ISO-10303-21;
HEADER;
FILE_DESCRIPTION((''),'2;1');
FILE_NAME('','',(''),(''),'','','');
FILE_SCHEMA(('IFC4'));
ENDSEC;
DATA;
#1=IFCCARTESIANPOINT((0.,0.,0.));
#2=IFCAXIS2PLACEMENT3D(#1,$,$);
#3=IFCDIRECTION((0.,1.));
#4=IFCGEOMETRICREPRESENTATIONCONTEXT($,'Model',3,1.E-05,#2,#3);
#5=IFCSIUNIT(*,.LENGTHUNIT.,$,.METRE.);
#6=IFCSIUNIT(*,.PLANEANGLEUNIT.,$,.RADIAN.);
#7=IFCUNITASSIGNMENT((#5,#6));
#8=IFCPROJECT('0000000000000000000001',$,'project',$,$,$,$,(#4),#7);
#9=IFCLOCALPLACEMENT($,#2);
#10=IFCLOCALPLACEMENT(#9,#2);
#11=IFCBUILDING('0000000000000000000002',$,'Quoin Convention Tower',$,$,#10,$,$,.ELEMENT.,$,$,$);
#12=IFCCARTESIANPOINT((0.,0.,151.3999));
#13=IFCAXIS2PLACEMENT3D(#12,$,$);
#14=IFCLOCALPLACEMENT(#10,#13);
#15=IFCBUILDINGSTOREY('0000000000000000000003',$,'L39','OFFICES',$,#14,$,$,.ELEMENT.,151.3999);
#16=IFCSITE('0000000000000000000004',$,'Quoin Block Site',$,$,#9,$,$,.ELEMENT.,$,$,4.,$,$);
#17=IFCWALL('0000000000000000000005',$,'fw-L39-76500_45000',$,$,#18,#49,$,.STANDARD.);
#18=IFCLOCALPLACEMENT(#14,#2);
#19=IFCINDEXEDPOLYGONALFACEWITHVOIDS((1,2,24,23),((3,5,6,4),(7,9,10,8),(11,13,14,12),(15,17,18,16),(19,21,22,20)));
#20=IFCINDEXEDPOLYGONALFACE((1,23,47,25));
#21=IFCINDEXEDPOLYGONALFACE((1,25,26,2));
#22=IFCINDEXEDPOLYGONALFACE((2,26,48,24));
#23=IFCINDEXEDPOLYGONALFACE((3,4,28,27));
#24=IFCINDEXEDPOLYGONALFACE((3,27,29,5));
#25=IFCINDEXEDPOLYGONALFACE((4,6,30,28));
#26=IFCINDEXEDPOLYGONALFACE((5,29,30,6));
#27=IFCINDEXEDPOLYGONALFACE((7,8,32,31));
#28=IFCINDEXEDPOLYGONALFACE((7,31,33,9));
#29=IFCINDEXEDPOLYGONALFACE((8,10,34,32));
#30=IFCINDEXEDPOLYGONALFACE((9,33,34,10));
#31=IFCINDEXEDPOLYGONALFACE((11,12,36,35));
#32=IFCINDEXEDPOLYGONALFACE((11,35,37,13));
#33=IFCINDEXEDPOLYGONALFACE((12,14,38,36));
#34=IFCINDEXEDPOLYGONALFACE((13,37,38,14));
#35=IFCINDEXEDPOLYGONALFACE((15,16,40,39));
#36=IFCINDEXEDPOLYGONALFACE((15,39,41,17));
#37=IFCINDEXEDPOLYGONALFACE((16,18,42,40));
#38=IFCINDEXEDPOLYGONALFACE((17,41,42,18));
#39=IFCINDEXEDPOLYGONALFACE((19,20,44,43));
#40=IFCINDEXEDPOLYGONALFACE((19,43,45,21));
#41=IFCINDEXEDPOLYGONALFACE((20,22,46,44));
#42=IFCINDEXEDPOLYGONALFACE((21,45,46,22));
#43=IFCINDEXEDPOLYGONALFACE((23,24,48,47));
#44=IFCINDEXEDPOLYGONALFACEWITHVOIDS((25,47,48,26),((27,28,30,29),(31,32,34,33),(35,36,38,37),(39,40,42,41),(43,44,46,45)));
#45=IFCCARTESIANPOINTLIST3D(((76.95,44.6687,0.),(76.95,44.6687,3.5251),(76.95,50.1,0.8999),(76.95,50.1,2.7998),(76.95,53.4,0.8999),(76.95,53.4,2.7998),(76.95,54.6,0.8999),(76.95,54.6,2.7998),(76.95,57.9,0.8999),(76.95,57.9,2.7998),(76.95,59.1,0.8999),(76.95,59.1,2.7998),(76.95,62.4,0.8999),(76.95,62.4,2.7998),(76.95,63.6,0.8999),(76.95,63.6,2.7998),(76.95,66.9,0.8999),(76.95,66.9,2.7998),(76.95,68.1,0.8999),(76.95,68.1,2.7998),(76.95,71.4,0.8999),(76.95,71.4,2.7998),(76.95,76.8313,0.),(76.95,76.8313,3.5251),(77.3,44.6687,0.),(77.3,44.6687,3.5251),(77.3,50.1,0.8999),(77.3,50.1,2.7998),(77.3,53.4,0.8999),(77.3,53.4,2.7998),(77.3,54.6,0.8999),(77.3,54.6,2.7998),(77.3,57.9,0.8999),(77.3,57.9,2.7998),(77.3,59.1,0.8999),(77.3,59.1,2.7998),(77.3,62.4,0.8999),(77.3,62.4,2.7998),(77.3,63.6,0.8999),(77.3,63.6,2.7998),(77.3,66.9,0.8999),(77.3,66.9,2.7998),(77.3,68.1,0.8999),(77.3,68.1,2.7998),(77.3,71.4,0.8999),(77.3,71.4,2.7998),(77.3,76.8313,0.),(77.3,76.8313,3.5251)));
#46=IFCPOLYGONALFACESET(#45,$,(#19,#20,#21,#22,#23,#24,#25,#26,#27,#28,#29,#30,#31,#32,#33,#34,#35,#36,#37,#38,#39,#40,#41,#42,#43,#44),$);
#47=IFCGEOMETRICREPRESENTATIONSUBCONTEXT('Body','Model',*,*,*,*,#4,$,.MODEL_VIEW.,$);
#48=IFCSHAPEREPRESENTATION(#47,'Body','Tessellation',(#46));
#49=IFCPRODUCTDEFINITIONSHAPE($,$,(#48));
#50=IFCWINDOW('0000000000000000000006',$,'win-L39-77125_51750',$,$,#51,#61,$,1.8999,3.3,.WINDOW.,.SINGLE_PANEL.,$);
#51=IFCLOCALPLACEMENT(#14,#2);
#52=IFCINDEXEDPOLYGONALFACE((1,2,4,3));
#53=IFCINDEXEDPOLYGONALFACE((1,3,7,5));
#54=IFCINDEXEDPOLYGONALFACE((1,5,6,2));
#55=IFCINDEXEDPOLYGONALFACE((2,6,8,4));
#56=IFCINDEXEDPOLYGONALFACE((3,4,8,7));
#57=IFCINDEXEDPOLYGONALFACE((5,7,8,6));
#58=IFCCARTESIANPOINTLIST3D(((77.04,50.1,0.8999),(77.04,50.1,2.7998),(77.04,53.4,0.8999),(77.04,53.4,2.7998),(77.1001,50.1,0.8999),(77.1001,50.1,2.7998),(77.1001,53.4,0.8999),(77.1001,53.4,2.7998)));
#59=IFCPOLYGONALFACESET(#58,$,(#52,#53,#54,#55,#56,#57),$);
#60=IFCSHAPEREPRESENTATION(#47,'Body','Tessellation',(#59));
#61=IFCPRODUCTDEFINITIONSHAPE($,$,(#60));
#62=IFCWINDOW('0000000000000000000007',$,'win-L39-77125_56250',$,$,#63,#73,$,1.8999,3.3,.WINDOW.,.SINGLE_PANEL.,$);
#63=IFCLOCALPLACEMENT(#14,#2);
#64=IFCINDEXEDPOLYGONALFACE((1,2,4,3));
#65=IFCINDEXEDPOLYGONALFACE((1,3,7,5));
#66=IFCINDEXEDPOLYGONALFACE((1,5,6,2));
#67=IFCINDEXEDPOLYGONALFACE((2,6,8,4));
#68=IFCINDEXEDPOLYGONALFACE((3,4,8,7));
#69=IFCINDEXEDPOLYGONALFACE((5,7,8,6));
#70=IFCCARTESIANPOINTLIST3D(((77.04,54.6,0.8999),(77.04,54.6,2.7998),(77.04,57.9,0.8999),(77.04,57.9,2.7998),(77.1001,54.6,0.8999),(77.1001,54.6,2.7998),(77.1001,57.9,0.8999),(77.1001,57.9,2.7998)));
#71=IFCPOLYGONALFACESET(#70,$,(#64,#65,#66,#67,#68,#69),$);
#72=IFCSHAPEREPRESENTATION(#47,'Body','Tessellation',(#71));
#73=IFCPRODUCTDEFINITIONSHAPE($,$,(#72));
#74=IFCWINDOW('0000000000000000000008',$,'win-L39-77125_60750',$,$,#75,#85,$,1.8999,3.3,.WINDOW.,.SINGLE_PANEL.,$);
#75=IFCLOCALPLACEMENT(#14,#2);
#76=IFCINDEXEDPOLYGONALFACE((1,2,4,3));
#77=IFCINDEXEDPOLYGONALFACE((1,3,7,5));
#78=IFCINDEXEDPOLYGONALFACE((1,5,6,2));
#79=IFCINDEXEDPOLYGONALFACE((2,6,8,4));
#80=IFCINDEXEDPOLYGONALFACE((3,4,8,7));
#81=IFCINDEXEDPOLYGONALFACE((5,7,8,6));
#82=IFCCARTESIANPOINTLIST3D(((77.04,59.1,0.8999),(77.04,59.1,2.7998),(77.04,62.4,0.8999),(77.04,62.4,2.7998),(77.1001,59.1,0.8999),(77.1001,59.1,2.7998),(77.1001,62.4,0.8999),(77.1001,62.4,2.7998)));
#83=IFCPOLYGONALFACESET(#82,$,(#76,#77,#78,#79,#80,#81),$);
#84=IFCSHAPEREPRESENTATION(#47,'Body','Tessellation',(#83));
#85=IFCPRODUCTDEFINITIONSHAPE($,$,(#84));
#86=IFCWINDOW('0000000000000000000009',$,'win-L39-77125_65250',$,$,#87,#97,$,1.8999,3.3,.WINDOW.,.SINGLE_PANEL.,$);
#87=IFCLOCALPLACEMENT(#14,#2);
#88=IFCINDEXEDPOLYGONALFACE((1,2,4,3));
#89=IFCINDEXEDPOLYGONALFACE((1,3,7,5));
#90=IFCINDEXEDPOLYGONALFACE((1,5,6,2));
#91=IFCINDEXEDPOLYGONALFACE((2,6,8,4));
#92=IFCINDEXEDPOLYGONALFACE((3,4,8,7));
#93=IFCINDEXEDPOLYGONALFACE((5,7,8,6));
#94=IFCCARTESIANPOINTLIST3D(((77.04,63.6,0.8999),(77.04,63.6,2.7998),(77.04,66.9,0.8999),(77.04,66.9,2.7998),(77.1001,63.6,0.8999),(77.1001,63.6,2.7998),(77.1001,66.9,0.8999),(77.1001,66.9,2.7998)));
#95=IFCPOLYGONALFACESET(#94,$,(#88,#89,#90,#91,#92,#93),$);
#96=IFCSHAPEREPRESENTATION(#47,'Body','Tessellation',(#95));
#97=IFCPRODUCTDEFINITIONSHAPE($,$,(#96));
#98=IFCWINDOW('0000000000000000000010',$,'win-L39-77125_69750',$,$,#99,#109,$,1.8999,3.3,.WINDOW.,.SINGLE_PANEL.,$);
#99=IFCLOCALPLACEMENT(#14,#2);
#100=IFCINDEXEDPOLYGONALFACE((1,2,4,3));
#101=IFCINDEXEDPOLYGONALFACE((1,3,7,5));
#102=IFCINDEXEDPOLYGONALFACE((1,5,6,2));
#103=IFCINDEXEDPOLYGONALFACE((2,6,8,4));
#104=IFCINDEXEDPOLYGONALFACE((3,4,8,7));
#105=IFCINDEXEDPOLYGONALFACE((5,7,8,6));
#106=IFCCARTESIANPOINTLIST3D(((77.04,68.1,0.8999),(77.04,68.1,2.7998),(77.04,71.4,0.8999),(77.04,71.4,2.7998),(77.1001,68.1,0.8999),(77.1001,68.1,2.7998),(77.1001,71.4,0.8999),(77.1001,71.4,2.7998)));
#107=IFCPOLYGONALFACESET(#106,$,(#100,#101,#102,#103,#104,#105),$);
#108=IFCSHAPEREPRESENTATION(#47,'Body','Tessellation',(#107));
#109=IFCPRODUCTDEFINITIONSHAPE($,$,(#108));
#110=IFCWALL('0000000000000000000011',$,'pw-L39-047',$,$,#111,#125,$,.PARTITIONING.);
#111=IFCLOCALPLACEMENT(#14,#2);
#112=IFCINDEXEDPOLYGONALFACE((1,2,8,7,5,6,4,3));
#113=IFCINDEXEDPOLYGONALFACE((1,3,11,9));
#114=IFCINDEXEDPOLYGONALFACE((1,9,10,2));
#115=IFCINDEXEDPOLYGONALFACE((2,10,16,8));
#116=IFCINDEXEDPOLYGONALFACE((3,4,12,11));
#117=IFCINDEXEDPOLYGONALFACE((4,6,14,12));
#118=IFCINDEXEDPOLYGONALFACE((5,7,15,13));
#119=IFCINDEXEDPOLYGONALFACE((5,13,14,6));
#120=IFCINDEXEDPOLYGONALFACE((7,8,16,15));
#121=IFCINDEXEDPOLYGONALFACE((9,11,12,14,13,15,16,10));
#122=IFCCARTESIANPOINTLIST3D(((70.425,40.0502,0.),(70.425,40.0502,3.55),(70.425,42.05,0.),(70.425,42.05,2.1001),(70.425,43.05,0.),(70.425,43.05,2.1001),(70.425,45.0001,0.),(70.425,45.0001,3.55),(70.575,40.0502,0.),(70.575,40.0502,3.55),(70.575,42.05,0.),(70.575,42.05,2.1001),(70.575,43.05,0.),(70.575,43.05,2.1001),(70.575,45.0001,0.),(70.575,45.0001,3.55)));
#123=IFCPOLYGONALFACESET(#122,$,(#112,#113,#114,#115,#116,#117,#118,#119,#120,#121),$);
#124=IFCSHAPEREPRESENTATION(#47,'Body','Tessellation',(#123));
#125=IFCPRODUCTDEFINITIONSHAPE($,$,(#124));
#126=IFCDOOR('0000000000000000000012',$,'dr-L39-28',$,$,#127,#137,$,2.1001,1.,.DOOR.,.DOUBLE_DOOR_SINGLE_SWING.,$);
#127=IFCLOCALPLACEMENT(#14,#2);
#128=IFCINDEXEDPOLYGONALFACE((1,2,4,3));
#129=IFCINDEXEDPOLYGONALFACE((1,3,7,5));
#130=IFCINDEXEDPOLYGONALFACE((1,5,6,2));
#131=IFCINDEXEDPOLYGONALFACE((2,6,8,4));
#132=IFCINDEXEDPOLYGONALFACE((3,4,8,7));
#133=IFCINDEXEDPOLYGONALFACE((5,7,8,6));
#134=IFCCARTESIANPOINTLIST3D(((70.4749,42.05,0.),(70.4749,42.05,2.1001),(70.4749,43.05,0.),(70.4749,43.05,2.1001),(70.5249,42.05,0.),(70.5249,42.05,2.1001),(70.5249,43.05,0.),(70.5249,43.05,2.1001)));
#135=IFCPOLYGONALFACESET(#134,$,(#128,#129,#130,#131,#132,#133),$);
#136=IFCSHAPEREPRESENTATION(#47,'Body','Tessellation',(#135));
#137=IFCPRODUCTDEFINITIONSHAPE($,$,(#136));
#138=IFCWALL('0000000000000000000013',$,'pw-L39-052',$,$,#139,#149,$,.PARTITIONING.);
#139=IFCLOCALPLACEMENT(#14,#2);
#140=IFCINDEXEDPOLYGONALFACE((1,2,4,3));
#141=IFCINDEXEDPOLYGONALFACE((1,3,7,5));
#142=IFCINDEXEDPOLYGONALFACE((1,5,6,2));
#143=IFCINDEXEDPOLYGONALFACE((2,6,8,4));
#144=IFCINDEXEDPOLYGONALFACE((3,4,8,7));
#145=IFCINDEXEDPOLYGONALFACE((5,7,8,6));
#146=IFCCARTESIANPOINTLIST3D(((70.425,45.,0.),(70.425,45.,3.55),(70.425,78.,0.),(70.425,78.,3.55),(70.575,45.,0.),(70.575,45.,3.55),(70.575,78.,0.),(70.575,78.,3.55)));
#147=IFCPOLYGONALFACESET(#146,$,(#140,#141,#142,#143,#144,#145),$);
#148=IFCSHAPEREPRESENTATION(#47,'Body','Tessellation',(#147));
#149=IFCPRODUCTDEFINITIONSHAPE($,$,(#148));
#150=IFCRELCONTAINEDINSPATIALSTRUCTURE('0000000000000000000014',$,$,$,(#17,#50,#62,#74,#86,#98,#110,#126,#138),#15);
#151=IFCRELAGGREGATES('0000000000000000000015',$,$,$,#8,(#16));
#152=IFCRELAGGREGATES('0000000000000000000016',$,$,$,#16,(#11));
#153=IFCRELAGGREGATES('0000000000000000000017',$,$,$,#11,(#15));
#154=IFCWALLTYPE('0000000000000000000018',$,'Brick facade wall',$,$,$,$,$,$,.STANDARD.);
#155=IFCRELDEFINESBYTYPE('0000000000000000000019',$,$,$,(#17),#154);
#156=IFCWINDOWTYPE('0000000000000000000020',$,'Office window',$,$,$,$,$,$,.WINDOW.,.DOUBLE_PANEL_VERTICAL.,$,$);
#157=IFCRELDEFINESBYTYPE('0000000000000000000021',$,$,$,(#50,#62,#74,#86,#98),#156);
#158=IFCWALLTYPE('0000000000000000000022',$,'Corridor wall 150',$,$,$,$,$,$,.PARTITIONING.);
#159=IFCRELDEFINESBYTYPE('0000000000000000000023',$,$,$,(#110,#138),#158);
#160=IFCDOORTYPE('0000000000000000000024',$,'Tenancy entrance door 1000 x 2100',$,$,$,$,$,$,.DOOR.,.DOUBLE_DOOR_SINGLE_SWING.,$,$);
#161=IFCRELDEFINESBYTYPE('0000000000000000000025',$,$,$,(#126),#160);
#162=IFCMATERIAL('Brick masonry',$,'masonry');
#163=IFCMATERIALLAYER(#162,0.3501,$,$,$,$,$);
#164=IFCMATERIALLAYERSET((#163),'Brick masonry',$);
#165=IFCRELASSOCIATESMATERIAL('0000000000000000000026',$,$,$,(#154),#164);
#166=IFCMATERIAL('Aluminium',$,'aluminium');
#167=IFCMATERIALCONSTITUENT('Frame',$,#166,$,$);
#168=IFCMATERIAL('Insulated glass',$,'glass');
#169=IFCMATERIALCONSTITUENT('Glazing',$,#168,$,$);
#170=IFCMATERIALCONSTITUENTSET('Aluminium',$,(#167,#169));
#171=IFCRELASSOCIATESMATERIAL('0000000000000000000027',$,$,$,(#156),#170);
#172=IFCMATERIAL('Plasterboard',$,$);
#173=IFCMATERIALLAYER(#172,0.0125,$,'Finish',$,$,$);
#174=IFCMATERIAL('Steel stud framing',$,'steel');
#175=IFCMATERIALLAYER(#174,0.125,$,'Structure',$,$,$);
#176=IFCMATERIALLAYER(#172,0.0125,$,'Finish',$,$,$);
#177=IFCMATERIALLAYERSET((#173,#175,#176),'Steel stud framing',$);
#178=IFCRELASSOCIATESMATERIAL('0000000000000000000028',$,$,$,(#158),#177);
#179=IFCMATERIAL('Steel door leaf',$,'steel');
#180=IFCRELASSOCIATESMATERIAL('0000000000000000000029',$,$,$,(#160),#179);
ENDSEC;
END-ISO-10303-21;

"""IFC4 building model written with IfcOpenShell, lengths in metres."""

from ifc_helpers import new_model, si_unit, direction, frame, frame_2d, origin, place, context, subcontext, project, spatial, rectangle, extrude, material, layer, layer_set, constituent, constituent_set, type_object, element, fill, save


model = new_model("IFC4")

# Units and contexts
model_context = context("Model", 3, precision=1e-05, world=origin(), true_north=direction((0.0, 1.0)))
body_context = subcontext(model_context, "Body", "Model", "MODEL_VIEW")
ifc_project = project(units=[si_unit("LENGTHUNIT", "METRE"), si_unit("PLANEANGLEUNIT", "RADIAN")], contexts=[model_context])

# Site, building, storey
site_placement = place(None, origin())
site = spatial("IfcSite", under=ifc_project, at=site_placement, Name="Quoin Block Site", CompositionType="ELEMENT", RefElevation=4.0)
building_placement = place(site_placement, origin())
building = spatial("IfcBuilding", under=site, at=building_placement, Name="Quoin Convention Tower", CompositionType="ELEMENT")
storey_placement = place(building_placement, frame((0.0, 0.0, 151.3999)))
storey = spatial("IfcBuildingStorey", under=building, at=storey_placement, Name="L39", Description="OFFICES", CompositionType="ELEMENT", Elevation=151.3999)

# Shared definitions
ifc_material_1 = material(Name="Brick masonry", Category="masonry")
ifc_layer_1 = layer(ifc_material_1, 0.3501)
ifc_layer_set_1 = layer_set([ifc_layer_1], Name="Brick masonry")
wall_type_1 = type_object("IfcWallType", Name="Brick facade wall", PredefinedType="STANDARD", material=ifc_layer_set_1)
ifc_material_2 = material(Name="Aluminium", Category="aluminium")
ifc_constituent_1 = constituent(ifc_material_2, Name="Frame")
ifc_material_3 = material(Name="Insulated glass", Category="glass")
ifc_constituent_2 = constituent(ifc_material_3, Name="Glazing")
ifc_constituent_set = constituent_set(constituents=[ifc_constituent_1, ifc_constituent_2], Name="Aluminium")
window_type = type_object("IfcWindowType", Name="Office window", PartitioningType="DOUBLE_PANEL_VERTICAL", PredefinedType="WINDOW", material=ifc_constituent_set)

# Wall, openings, windows
wall_1_placement = place(storey_placement, frame((77.125, 44.6687, 0.0), z_axis=(0.0, 0.0, 1.0), x_axis=(0.0, 1.0, 0.0)))
wall_1 = element("IfcWall", 1, at=wall_1_placement, inside=storey, type_object=wall_type_1, Name="fw-L39-76500_45000", PredefinedType="STANDARD", context=body_context, shape_type="SweptSolid", body=[
    extrude(rectangle(XDim=32.1626, YDim=0.3501, at=frame_2d((16.0813, 0.0))), origin(), (0.0, 0.0, 1.0), 3.5251),
])
opening_1_placement = place(wall_1_placement, frame((5.4314, 0.0, 0.8999)))
opening_1 = element("IfcOpeningElement", 2, at=opening_1_placement, cuts=wall_1, PredefinedType="OPENING", context=body_context, shape_type="SweptSolid", body=[
    extrude(rectangle(XDim=3.3, YDim=1.8999, at=frame_2d((1.6499, 0.95))), frame((0.0, 0.1851, 0.0), z_axis=(0.0, -1.0, 0.0), x_axis=(1.0, 0.0, 0.0)), (0.0, 0.0, 1.0), 0.3701),
])
opening_2_placement = place(wall_1_placement, frame((9.9314, 0.0, 0.8999)))
opening_2 = element("IfcOpeningElement", 3, at=opening_2_placement, cuts=wall_1, PredefinedType="OPENING", context=body_context, shape_type="SweptSolid", body=[
    extrude(rectangle(XDim=3.3, YDim=1.8999, at=frame_2d((1.6499, 0.95))), frame((0.0, 0.1851, 0.0), z_axis=(0.0, -1.0, 0.0), x_axis=(1.0, 0.0, 0.0)), (0.0, 0.0, 1.0), 0.3701),
])
opening_3_placement = place(wall_1_placement, frame((14.4314, 0.0, 0.8999)))
opening_3 = element("IfcOpeningElement", 4, at=opening_3_placement, cuts=wall_1, PredefinedType="OPENING", context=body_context, shape_type="SweptSolid", body=[
    extrude(rectangle(XDim=3.3, YDim=1.8999, at=frame_2d((1.6499, 0.95))), frame((0.0, 0.1851, 0.0), z_axis=(0.0, -1.0, 0.0), x_axis=(1.0, 0.0, 0.0)), (0.0, 0.0, 1.0), 0.3701),
])
opening_4_placement = place(wall_1_placement, frame((18.9314, 0.0, 0.8999)))
opening_4 = element("IfcOpeningElement", 5, at=opening_4_placement, cuts=wall_1, PredefinedType="OPENING", context=body_context, shape_type="SweptSolid", body=[
    extrude(rectangle(XDim=3.3, YDim=1.8999, at=frame_2d((1.6499, 0.95))), frame((0.0, 0.1851, 0.0), z_axis=(0.0, -1.0, 0.0), x_axis=(1.0, 0.0, 0.0)), (0.0, 0.0, 1.0), 0.3701),
])
opening_5_placement = place(wall_1_placement, frame((23.4314, 0.0, 0.8999)))
opening_5 = element("IfcOpeningElement", 6, at=opening_5_placement, cuts=wall_1, PredefinedType="OPENING", context=body_context, shape_type="SweptSolid", body=[
    extrude(rectangle(XDim=3.3, YDim=1.8999, at=frame_2d((1.6499, 0.95))), frame((0.0, 0.1851, 0.0), z_axis=(0.0, -1.0, 0.0), x_axis=(1.0, 0.0, 0.0)), (0.0, 0.0, 1.0), 0.3701),
])
window_1_placement = place(opening_1_placement, origin())
window_1 = element("IfcWindow", 7, at=window_1_placement, inside=storey, type_object=window_type, Name="win-L39-77125_51750", OverallHeight=1.8999, OverallWidth=3.3, PartitioningType="SINGLE_PANEL", PredefinedType="WINDOW", context=body_context, shape_type="SweptSolid", body=[
    extrude(rectangle(XDim=3.3, YDim=1.8999, at=frame_2d((1.6499, 0.95))), frame((0.0, 0.085, 0.0), z_axis=(0.0, -1.0, 0.0), x_axis=(1.0, 0.0, 0.0)), (0.0, 0.0, 1.0), 0.0601),
])
fill(opening_1, window_1)
window_2_placement = place(opening_2_placement, origin())
window_2 = element("IfcWindow", 8, at=window_2_placement, inside=storey, type_object=window_type, Name="win-L39-77125_56250", OverallHeight=1.8999, OverallWidth=3.3, PartitioningType="SINGLE_PANEL", PredefinedType="WINDOW", context=body_context, shape_type="SweptSolid", body=[
    extrude(rectangle(XDim=3.3, YDim=1.8999, at=frame_2d((1.6499, 0.95))), frame((0.0, 0.085, 0.0), z_axis=(0.0, -1.0, 0.0), x_axis=(1.0, 0.0, 0.0)), (0.0, 0.0, 1.0), 0.0601),
])
fill(opening_2, window_2)
window_3_placement = place(opening_3_placement, origin())
window_3 = element("IfcWindow", 9, at=window_3_placement, inside=storey, type_object=window_type, Name="win-L39-77125_60750", OverallHeight=1.8999, OverallWidth=3.3, PartitioningType="SINGLE_PANEL", PredefinedType="WINDOW", context=body_context, shape_type="SweptSolid", body=[
    extrude(rectangle(XDim=3.3, YDim=1.8999, at=frame_2d((1.6499, 0.95))), frame((0.0, 0.085, 0.0), z_axis=(0.0, -1.0, 0.0), x_axis=(1.0, 0.0, 0.0)), (0.0, 0.0, 1.0), 0.0601),
])
fill(opening_3, window_3)
window_4_placement = place(opening_4_placement, origin())
window_4 = element("IfcWindow", 10, at=window_4_placement, inside=storey, type_object=window_type, Name="win-L39-77125_65250", OverallHeight=1.8999, OverallWidth=3.3, PartitioningType="SINGLE_PANEL", PredefinedType="WINDOW", context=body_context, shape_type="SweptSolid", body=[
    extrude(rectangle(XDim=3.3, YDim=1.8999, at=frame_2d((1.6499, 0.95))), frame((0.0, 0.085, 0.0), z_axis=(0.0, -1.0, 0.0), x_axis=(1.0, 0.0, 0.0)), (0.0, 0.0, 1.0), 0.0601),
])
fill(opening_4, window_4)
window_5_placement = place(opening_5_placement, origin())
window_5 = element("IfcWindow", 11, at=window_5_placement, inside=storey, type_object=window_type, Name="win-L39-77125_69750", OverallHeight=1.8999, OverallWidth=3.3, PartitioningType="SINGLE_PANEL", PredefinedType="WINDOW", context=body_context, shape_type="SweptSolid", body=[
    extrude(rectangle(XDim=3.3, YDim=1.8999, at=frame_2d((1.6499, 0.95))), frame((0.0, 0.085, 0.0), z_axis=(0.0, -1.0, 0.0), x_axis=(1.0, 0.0, 0.0)), (0.0, 0.0, 1.0), 0.0601),
])
fill(opening_5, window_5)

# Wall, opening, door
ifc_material_4 = material(Name="Plasterboard")
ifc_layer_2 = layer(ifc_material_4, 0.0125, Name="Finish")
ifc_material_5 = material(Name="Steel stud framing", Category="steel")
ifc_layer_3 = layer(ifc_material_5, 0.125, Name="Structure")
ifc_layer_4 = layer(ifc_material_4, 0.0125, Name="Finish")
ifc_layer_set_2 = layer_set([ifc_layer_2, ifc_layer_3, ifc_layer_4], Name="Steel stud framing")
wall_type_2 = type_object("IfcWallType", Name="Corridor wall 150", PredefinedType="PARTITIONING", material=ifc_layer_set_2)
wall_2_placement = place(storey_placement, frame((70.5, 40.05, 0.0), z_axis=(0.0, 0.0, 1.0), x_axis=(0.0, 1.0, 0.0)))
wall_2 = element("IfcWall", 12, at=wall_2_placement, inside=storey, type_object=wall_type_2, Name="pw-L39-047", PredefinedType="PARTITIONING", context=body_context, shape_type="SweptSolid", body=[
    extrude(rectangle(XDim=4.95, YDim=0.1499, at=frame_2d((2.4751, 0.0))), origin(), (0.0, 0.0, 1.0), 3.55),
])
opening_6_placement = place(wall_2_placement, frame((2.0, 0.0, 0.0)))
opening_6 = element("IfcOpeningElement", 13, at=opening_6_placement, cuts=wall_2, PredefinedType="OPENING", context=body_context, shape_type="SweptSolid", body=[
    extrude(rectangle(XDim=1.0, YDim=2.1001, at=frame_2d((0.5, 1.05))), frame((0.0, 0.085, 0.0), z_axis=(0.0, -1.0, 0.0), x_axis=(1.0, 0.0, 0.0)), (0.0, 0.0, 1.0), 0.1699),
])
ifc_material_6 = material(Name="Steel door leaf", Category="steel")
door_type_1 = type_object("IfcDoorType", Name="Tenancy entrance door 1000 x 2100", OperationType="DOUBLE_DOOR_SINGLE_SWING", PredefinedType="DOOR", material=ifc_material_6)
door_1_placement = place(opening_6_placement, frame((1.0, 0.0, 0.0), z_axis=(0.0, 0.0, 1.0), x_axis=(-1.0, 0.0, 0.0)))
door_1 = element("IfcDoor", 14, at=door_1_placement, inside=storey, type_object=door_type_1, Name="dr-L39-28", OperationType="DOUBLE_DOOR_SINGLE_SWING", OverallHeight=2.1001, OverallWidth=1.0, PredefinedType="DOOR", context=body_context, shape_type="SweptSolid", body=[
    extrude(rectangle(XDim=1.0, YDim=2.1001, at=frame_2d((0.5, 1.05))), frame((0.0, 0.0249, 0.0), z_axis=(0.0, -1.0, 0.0), x_axis=(1.0, 0.0, 0.0)), (0.0, 0.0, 1.0), 0.05),
])
fill(opening_6, door_1)

# Wall
wall_3_placement = place(storey_placement, frame((70.5, 45.0, 0.0), z_axis=(0.0, 0.0, 1.0), x_axis=(0.0, 1.0, 0.0)))
element("IfcWall", 15, at=wall_3_placement, inside=storey, type_object=wall_type_2, Name="pw-L39-052", PredefinedType="PARTITIONING", context=body_context, shape_type="SweptSolid", body=[
    extrude(rectangle(XDim=33.0, YDim=0.1499, at=frame_2d((16.5, 0.0))), origin(), (0.0, 0.0, 1.0), 3.55),
])

save(model, "model.ifc")
